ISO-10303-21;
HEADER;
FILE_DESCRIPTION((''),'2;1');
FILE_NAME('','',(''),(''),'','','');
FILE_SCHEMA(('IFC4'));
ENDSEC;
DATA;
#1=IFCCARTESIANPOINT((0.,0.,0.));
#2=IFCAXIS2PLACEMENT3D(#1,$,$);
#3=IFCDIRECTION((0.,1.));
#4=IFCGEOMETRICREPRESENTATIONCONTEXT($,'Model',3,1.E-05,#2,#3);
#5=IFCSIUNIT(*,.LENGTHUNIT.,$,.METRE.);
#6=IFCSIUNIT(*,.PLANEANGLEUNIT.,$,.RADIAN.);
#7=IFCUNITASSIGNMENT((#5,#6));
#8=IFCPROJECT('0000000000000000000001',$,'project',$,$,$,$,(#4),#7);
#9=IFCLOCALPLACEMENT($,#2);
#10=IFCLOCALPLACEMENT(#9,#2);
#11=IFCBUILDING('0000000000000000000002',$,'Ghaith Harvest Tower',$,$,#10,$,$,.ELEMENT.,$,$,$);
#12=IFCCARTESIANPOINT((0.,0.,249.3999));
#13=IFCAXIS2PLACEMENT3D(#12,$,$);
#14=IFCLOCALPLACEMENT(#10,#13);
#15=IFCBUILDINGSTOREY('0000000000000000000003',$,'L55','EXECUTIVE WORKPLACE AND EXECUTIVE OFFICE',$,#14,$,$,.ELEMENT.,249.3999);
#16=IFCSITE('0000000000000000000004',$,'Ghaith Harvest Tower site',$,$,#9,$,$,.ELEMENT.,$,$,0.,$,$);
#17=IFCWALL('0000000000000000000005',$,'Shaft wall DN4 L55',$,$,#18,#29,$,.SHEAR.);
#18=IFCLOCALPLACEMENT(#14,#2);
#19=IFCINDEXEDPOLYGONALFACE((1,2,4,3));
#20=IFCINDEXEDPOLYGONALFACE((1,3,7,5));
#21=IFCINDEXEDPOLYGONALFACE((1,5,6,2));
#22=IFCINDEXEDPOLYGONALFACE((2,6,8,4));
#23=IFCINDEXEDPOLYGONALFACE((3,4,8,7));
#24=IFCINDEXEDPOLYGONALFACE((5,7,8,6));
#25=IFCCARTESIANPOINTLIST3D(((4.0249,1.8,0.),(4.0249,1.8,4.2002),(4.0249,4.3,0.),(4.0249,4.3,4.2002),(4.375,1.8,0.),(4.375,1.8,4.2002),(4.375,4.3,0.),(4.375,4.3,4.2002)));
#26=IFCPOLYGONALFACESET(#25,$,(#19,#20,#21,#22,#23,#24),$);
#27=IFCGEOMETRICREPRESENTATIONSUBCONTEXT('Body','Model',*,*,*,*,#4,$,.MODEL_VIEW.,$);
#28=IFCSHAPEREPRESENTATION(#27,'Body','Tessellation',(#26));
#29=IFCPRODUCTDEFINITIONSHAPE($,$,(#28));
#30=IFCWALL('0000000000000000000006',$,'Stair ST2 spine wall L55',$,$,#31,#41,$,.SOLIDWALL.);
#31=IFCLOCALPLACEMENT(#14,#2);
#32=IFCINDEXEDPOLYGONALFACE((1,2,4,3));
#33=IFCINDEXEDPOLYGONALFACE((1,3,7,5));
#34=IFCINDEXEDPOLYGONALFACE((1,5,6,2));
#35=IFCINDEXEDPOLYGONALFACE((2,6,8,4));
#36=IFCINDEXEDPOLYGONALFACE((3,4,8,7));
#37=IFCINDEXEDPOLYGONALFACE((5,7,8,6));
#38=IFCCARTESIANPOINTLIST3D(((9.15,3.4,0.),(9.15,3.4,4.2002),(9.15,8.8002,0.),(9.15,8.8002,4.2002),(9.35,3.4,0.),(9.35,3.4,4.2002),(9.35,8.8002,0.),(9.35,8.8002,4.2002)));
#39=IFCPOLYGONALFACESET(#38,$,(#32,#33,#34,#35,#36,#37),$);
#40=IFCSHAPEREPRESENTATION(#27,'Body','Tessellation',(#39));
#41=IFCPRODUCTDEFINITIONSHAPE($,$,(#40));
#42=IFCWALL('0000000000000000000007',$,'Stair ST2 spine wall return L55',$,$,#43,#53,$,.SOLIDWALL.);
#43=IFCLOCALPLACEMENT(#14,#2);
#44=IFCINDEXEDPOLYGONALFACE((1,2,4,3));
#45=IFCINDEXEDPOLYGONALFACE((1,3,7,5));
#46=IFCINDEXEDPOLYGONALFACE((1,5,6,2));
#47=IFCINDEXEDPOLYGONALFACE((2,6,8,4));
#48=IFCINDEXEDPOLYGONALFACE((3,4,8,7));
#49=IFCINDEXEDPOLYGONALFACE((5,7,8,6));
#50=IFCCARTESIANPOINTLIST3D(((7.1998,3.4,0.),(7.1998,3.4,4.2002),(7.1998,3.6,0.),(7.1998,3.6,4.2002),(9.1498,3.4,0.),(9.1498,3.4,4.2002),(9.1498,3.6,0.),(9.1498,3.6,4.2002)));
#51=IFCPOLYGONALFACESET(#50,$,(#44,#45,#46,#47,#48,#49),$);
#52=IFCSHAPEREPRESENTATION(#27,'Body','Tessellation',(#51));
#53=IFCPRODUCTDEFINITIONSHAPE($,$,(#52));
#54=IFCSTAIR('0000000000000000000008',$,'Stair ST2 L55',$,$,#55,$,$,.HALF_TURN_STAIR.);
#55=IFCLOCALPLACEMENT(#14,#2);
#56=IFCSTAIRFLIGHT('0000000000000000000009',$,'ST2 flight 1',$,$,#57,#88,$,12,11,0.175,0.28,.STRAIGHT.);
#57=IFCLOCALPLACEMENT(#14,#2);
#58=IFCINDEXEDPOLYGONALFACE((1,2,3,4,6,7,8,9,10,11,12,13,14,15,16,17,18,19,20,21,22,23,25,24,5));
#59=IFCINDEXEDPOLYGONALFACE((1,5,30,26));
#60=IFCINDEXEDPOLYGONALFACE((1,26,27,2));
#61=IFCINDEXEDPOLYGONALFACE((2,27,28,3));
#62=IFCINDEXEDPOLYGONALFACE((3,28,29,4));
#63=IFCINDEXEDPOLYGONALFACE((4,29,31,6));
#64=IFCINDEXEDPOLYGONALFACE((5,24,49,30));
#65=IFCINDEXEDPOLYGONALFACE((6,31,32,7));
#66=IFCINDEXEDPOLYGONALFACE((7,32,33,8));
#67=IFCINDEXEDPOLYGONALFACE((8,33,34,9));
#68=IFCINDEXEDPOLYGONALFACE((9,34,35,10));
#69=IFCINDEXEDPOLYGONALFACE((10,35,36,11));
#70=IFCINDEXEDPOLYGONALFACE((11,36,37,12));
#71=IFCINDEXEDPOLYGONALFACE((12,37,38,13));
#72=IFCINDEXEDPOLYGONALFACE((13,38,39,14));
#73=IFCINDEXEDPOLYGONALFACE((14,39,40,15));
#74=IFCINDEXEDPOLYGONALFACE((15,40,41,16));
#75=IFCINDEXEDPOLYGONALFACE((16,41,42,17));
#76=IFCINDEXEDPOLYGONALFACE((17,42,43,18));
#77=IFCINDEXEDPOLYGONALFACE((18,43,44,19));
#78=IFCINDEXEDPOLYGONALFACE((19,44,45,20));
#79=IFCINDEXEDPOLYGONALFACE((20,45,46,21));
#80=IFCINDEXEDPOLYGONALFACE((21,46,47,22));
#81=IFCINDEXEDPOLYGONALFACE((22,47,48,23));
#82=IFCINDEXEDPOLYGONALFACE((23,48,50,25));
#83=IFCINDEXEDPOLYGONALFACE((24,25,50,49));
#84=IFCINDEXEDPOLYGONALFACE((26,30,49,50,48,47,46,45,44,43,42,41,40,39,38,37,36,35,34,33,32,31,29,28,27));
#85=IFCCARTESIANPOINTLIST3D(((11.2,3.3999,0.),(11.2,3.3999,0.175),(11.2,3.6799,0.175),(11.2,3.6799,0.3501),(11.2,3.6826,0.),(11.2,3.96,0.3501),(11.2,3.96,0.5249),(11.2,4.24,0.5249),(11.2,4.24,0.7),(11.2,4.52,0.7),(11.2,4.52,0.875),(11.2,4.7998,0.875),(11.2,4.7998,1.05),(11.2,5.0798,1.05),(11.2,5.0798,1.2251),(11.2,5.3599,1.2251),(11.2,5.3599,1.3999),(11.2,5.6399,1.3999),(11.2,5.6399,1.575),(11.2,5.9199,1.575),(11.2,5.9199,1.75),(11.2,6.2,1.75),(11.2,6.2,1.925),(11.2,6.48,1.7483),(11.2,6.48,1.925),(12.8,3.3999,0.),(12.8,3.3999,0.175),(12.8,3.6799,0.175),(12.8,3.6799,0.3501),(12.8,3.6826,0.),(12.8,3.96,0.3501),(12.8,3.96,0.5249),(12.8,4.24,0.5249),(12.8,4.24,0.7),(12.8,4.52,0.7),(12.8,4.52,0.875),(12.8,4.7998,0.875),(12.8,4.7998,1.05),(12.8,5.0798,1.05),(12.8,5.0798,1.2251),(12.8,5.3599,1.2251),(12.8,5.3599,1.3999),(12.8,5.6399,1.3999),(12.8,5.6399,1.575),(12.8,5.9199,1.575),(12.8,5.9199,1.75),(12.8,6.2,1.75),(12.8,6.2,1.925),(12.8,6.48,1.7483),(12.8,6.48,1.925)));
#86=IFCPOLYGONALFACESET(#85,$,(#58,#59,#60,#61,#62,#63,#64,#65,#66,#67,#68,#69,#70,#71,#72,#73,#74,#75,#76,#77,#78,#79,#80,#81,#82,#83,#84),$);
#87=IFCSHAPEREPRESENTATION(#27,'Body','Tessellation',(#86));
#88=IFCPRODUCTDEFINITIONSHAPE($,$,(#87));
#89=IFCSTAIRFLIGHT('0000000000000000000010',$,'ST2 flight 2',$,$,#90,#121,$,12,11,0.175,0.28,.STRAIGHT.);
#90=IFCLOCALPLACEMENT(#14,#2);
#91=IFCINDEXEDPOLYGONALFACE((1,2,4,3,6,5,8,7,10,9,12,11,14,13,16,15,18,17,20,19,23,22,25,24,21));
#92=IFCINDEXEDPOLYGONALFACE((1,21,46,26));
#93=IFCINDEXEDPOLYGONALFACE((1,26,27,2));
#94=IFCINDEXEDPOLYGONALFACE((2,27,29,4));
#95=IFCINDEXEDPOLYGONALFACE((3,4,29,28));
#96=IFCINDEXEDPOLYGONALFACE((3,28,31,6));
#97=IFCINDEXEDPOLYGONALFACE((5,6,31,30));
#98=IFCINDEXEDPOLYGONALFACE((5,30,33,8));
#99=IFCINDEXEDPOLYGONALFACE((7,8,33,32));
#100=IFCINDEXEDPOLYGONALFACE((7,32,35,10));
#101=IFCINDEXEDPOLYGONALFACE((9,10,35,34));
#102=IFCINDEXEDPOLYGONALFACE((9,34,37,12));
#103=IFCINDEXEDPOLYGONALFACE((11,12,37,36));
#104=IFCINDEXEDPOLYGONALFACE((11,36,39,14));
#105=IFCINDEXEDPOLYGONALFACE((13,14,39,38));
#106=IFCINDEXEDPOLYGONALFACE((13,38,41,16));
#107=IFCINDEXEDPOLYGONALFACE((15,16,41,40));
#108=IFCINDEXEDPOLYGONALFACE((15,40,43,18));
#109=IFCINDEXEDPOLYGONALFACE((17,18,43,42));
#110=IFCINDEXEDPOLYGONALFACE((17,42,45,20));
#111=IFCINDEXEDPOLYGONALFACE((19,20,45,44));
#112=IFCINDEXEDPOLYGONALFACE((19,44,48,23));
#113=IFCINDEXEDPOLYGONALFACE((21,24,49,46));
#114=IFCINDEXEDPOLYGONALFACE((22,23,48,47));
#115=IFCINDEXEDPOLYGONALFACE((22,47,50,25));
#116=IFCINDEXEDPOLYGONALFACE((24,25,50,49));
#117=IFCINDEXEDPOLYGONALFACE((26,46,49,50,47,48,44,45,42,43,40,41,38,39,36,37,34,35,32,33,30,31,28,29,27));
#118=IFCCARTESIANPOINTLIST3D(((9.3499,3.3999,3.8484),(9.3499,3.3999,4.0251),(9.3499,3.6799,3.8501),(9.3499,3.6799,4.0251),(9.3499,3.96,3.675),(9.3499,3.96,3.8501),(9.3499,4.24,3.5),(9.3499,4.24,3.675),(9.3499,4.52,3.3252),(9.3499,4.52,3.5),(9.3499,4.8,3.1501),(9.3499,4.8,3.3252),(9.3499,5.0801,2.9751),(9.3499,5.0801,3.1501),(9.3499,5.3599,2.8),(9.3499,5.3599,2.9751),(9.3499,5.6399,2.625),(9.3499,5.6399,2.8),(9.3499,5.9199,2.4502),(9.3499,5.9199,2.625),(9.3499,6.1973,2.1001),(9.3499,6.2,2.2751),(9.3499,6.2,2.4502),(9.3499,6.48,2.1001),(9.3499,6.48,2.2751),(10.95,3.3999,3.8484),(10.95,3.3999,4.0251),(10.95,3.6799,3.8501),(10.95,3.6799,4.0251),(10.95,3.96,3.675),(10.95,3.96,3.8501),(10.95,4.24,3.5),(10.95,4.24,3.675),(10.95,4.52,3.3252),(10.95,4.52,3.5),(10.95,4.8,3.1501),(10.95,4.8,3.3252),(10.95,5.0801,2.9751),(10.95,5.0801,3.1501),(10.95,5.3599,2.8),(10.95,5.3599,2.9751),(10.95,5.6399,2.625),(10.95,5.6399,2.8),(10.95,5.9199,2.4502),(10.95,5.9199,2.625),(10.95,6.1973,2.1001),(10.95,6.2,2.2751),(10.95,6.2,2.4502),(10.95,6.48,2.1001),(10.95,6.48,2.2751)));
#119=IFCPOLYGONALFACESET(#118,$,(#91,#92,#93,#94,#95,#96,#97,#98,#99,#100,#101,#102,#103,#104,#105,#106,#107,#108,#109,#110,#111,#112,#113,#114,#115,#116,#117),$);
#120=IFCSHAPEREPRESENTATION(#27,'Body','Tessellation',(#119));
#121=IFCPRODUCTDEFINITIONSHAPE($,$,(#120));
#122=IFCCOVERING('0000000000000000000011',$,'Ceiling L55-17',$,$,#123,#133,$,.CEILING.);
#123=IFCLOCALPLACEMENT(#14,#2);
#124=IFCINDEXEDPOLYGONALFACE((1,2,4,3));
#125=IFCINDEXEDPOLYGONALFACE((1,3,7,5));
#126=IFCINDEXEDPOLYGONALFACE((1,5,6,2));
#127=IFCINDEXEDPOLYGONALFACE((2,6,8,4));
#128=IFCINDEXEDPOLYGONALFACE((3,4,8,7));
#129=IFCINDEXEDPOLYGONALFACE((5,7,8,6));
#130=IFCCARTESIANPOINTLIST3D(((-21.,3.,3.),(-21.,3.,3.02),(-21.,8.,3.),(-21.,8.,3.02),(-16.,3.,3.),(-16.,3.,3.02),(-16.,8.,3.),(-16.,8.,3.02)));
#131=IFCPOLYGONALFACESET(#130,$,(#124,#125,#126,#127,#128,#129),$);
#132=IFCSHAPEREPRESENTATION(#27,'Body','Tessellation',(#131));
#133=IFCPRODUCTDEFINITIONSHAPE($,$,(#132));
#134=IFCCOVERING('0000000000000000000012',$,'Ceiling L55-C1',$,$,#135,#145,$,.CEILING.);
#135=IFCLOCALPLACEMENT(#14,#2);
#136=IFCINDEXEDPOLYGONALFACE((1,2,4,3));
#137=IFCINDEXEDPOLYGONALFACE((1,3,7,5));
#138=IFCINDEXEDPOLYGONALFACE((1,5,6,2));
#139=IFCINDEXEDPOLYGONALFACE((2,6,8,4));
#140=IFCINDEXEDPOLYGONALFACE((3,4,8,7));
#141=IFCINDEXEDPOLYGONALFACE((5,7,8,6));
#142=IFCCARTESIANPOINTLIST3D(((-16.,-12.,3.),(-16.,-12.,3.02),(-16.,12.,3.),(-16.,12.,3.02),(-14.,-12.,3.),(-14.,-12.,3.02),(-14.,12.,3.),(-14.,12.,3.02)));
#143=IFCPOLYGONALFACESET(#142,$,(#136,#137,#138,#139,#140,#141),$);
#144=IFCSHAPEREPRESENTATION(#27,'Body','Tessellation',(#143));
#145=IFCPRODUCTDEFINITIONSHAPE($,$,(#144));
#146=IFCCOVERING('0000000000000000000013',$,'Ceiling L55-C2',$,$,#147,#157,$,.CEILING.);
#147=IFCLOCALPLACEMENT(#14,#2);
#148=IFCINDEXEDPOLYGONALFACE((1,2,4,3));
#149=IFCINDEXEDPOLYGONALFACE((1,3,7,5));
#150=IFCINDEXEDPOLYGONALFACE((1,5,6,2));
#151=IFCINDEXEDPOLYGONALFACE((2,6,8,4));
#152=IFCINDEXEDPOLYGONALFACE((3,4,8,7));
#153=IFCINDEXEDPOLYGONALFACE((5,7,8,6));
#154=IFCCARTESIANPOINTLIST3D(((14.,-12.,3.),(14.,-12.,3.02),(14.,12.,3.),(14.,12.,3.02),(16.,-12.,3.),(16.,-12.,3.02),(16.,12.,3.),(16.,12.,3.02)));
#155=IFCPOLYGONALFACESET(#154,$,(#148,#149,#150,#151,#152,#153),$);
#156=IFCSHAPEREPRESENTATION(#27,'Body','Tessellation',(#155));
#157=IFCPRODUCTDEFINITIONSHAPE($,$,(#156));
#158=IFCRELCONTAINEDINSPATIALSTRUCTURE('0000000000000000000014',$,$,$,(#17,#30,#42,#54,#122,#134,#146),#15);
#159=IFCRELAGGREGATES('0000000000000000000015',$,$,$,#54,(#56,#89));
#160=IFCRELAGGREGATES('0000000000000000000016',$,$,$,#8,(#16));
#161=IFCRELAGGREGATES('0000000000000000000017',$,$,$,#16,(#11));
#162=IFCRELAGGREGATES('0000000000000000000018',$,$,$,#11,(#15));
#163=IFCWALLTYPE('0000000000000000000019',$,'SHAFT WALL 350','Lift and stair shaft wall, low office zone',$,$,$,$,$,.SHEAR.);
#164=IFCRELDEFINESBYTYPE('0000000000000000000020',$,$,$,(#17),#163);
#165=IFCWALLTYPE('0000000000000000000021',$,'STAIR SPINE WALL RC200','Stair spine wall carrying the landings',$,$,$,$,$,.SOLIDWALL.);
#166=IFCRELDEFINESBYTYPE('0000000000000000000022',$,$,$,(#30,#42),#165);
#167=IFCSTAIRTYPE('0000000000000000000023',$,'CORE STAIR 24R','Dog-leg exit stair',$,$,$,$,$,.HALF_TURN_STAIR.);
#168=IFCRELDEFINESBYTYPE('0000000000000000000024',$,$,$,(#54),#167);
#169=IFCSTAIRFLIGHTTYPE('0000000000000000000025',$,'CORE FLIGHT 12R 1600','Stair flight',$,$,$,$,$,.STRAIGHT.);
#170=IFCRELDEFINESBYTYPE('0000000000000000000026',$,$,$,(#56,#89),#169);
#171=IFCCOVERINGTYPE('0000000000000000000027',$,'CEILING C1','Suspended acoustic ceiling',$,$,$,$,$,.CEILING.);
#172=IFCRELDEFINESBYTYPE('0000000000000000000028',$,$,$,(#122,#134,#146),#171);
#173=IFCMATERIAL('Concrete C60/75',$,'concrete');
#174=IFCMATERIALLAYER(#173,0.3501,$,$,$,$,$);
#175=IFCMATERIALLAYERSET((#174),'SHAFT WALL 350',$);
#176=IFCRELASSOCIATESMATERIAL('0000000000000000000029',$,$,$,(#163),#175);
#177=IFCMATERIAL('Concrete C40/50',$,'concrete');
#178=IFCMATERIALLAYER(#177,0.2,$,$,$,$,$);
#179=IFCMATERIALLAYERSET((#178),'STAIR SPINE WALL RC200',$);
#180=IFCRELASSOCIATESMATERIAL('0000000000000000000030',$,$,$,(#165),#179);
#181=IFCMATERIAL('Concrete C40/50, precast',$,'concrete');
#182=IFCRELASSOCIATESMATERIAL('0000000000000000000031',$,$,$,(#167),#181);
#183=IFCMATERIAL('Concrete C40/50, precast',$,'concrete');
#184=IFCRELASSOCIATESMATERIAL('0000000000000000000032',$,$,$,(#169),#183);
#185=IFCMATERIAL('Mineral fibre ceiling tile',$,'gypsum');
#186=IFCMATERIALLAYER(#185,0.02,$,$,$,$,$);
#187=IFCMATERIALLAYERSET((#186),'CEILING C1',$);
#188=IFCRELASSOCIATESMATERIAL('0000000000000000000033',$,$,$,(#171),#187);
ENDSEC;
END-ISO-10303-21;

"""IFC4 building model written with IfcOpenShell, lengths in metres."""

from ifc_helpers import new_model, si_unit, direction, frame, frame_2d, origin, place, context, subcontext, project, spatial, polyline, rectangle, outline, extrude, material, layer, layer_set, type_object, element, aggregate, save


model = new_model("IFC4")

# Units and contexts
model_context = context("Model", 3, precision=1e-05, world=origin(), true_north=direction((0.0, 1.0)))
body_context = subcontext(model_context, "Body", "Model", "MODEL_VIEW")
ifc_project = project(units=[si_unit("LENGTHUNIT", "METRE"), si_unit("PLANEANGLEUNIT", "RADIAN")], contexts=[model_context])

# Site, building, storey
site_placement = place(None, origin())
site = spatial("IfcSite", under=ifc_project, at=site_placement, Name="Ghaith Harvest Tower site", CompositionType="ELEMENT", RefElevation=0.0)
building_placement = place(site_placement, origin())
building = spatial("IfcBuilding", under=site, at=building_placement, Name="Ghaith Harvest Tower", CompositionType="ELEMENT")
storey_placement = place(building_placement, frame((0.0, 0.0, 249.3999)))
storey = spatial("IfcBuildingStorey", under=building, at=storey_placement, Name="L55", Description="EXECUTIVE WORKPLACE AND EXECUTIVE OFFICE", CompositionType="ELEMENT", Elevation=249.3999)

# Shared definitions
ifc_material_1 = material(Name="Concrete C60/75", Category="concrete")
ifc_layer_1 = layer(ifc_material_1, 0.3501)
ifc_layer_set_1 = layer_set([ifc_layer_1], Name="SHAFT WALL 350")
wall_type_1 = type_object("IfcWallType", Name="SHAFT WALL 350", Description="Lift and stair shaft wall, low office zone", PredefinedType="SHEAR", material=ifc_layer_set_1)

# Walls
wall_1_placement = place(storey_placement, frame((4.2, 1.8, 0.0), z_axis=(0.0, 0.0, 1.0), x_axis=(0.0, 1.0, 0.0)))
element("IfcWall", 1, at=wall_1_placement, inside=storey, type_object=wall_type_1, Name="Shaft wall DN4 L55", PredefinedType="SHEAR", context=body_context, shape_type="SweptSolid", body=[
    extrude(rectangle(XDim=2.5, YDim=0.3501, at=frame_2d((1.25, 0.0))), origin(), (0.0, 0.0, 1.0), 4.2002),
])
ifc_material_2 = material(Name="Concrete C40/50", Category="concrete")
ifc_layer_2 = layer(ifc_material_2, 0.2)
ifc_layer_set_2 = layer_set([ifc_layer_2], Name="STAIR SPINE WALL RC200")
wall_type_2 = type_object("IfcWallType", Name="STAIR SPINE WALL RC200", Description="Stair spine wall carrying the landings", PredefinedType="SOLIDWALL", material=ifc_layer_set_2)
wall_2_placement = place(storey_placement, frame((9.25, 3.3999, 0.0), z_axis=(0.0, 0.0, 1.0), x_axis=(0.0, 1.0, 0.0)))
element("IfcWall", 2, at=wall_2_placement, inside=storey, type_object=wall_type_2, Name="Stair ST2 spine wall L55", PredefinedType="SOLIDWALL", context=body_context, shape_type="SweptSolid", body=[
    extrude(rectangle(XDim=5.4001, YDim=0.2, at=frame_2d((2.7002, 0.0))), origin(), (0.0, 0.0, 1.0), 4.2002),
])
wall_3_placement = place(storey_placement, frame((9.1499, 3.5, 0.0), z_axis=(0.0, 0.0, 1.0), x_axis=(-1.0, 0.0, 0.0)))
element("IfcWall", 3, at=wall_3_placement, inside=storey, type_object=wall_type_2, Name="Stair ST2 spine wall return L55", PredefinedType="SOLIDWALL", context=body_context, shape_type="SweptSolid", body=[
    extrude(rectangle(XDim=1.95, YDim=0.2, at=frame_2d((0.9751, 0.0))), origin(), (0.0, 0.0, 1.0), 4.2002),
])

# Stair, stair flights
ifc_material_3 = material(Name="Concrete C40/50, precast", Category="concrete")
stair_type = type_object("IfcStairType", Name="CORE STAIR 24R", Description="Dog-leg exit stair", PredefinedType="HALF_TURN_STAIR", material=ifc_material_3)
stair_placement = place(storey_placement, origin())
stair = element("IfcStair", 4, at=stair_placement, inside=storey, type_object=stair_type, Name="Stair ST2 L55", PredefinedType="HALF_TURN_STAIR")
ifc_material_4 = material(Name="Concrete C40/50, precast", Category="concrete")
stair_flight_type = type_object("IfcStairFlightType", Name="CORE FLIGHT 12R 1600", Description="Stair flight", PredefinedType="STRAIGHT", material=ifc_material_4)
stair_flight_1_placement = place(storey_placement, frame((12.0, 3.3999, 0.0), z_axis=(0.0, 0.0, 1.0), x_axis=(0.0, 1.0, 0.0)))
stair_flight_1 = element("IfcStairFlight", 5, at=stair_flight_1_placement, type_object=stair_flight_type, Name="ST2 flight 1", NumberOfRisers=12, NumberOfTreads=11, PredefinedType="STRAIGHT", RiserHeight=0.175, TreadLength=0.28, context=body_context, shape_type="SweptSolid", body=[
    extrude(outline(polyline([(0.0, 0.0), (0.0, 0.175), (0.28, 0.175), (0.28, 0.3501), (0.5601, 0.3501), (0.5601, 0.5249), (0.8401, 0.5249), (0.8401, 0.7), (1.1201, 0.7), (1.1201, 0.875), (1.3999, 0.875), (1.3999, 1.05), (1.6799, 1.05), (1.6799, 1.2251), (1.96, 1.2251), (1.96, 1.3999), (2.24, 1.3999), (2.24, 1.575), (2.52, 1.575), (2.52, 1.75), (2.8, 1.75), (2.8, 1.925), (3.0801, 1.925), (3.0801, 2.1001), (3.0801, 1.7483), (0.2827, 0.0), (0.0, 0.0)])), frame((0.0, 0.8, 0.0), z_axis=(0.0, -1.0, 0.0), x_axis=(1.0, 0.0, 0.0)), (0.0, 0.0, 1.0), 1.6001),
])
stair_flight_2_placement = place(storey_placement, frame((10.1499, 6.48, 2.1001), z_axis=(0.0, 0.0, 1.0), x_axis=(0.0, -1.0, 0.0)))
stair_flight_2 = element("IfcStairFlight", 6, at=stair_flight_2_placement, type_object=stair_flight_type, Name="ST2 flight 2", NumberOfRisers=12, NumberOfTreads=11, PredefinedType="STRAIGHT", RiserHeight=0.175, TreadLength=0.28, context=body_context, shape_type="SweptSolid", body=[
    extrude(outline(polyline([(0.0, 0.0), (0.0, 0.175), (0.28, 0.175), (0.28, 0.3501), (0.5601, 0.3501), (0.5601, 0.5249), (0.8401, 0.5249), (0.8401, 0.7), (1.1201, 0.7), (1.1201, 0.875), (1.3999, 0.875), (1.3999, 1.05), (1.6799, 1.05), (1.6799, 1.2251), (1.96, 1.2251), (1.96, 1.3999), (2.24, 1.3999), (2.24, 1.575), (2.52, 1.575), (2.52, 1.75), (2.8, 1.75), (2.8, 1.925), (3.0801, 1.925), (3.0801, 2.1001), (3.0801, 1.7483), (0.2827, 0.0), (0.0, 0.0)])), frame((0.0, 0.8, 0.0), z_axis=(0.0, -1.0, 0.0), x_axis=(1.0, 0.0, 0.0)), (0.0, 0.0, 1.0), 1.6001),
])
aggregate(stair, [stair_flight_1, stair_flight_2])

# Coverings
ifc_material_5 = material(Name="Mineral fibre ceiling tile", Category="gypsum")
ifc_layer_3 = layer(ifc_material_5, 0.02)
ifc_layer_set_3 = layer_set([ifc_layer_3], Name="CEILING C1")
covering_type = type_object("IfcCoveringType", Name="CEILING C1", Description="Suspended acoustic ceiling", PredefinedType="CEILING", material=ifc_layer_set_3)
covering_1_placement = place(storey_placement, frame((0.0, 0.0, 3.0)))
element("IfcCovering", 7, at=covering_1_placement, inside=storey, type_object=covering_type, Name="Ceiling L55-17", PredefinedType="CEILING", context=body_context, shape_type="SweptSolid", body=[
    extrude(outline(polyline([(-21.0, 3.0), (-16.0, 3.0), (-16.0, 8.0), (-21.0, 8.0), (-21.0, 3.0)])), origin(), (0.0, 0.0, 1.0), 0.02),
])
covering_2_placement = place(storey_placement, frame((0.0, 0.0, 3.0)))
element("IfcCovering", 8, at=covering_2_placement, inside=storey, type_object=covering_type, Name="Ceiling L55-C1", PredefinedType="CEILING", context=body_context, shape_type="SweptSolid", body=[
    extrude(outline(polyline([(-14.0, 12.0), (-14.0, -12.0), (-16.0, -12.0), (-16.0, 12.0), (-14.0, 12.0)])), origin(), (0.0, 0.0, 1.0), 0.02),
])
covering_3_placement = place(storey_placement, frame((0.0, 0.0, 3.0)))
element("IfcCovering", 9, at=covering_3_placement, inside=storey, type_object=covering_type, Name="Ceiling L55-C2", PredefinedType="CEILING", context=body_context, shape_type="SweptSolid", body=[
    extrude(outline(polyline([(14.0, -12.0), (14.0, 12.0), (16.0, 12.0), (16.0, -12.0), (14.0, -12.0)])), origin(), (0.0, 0.0, 1.0), 0.02),
])

save(model, "model.ifc")
